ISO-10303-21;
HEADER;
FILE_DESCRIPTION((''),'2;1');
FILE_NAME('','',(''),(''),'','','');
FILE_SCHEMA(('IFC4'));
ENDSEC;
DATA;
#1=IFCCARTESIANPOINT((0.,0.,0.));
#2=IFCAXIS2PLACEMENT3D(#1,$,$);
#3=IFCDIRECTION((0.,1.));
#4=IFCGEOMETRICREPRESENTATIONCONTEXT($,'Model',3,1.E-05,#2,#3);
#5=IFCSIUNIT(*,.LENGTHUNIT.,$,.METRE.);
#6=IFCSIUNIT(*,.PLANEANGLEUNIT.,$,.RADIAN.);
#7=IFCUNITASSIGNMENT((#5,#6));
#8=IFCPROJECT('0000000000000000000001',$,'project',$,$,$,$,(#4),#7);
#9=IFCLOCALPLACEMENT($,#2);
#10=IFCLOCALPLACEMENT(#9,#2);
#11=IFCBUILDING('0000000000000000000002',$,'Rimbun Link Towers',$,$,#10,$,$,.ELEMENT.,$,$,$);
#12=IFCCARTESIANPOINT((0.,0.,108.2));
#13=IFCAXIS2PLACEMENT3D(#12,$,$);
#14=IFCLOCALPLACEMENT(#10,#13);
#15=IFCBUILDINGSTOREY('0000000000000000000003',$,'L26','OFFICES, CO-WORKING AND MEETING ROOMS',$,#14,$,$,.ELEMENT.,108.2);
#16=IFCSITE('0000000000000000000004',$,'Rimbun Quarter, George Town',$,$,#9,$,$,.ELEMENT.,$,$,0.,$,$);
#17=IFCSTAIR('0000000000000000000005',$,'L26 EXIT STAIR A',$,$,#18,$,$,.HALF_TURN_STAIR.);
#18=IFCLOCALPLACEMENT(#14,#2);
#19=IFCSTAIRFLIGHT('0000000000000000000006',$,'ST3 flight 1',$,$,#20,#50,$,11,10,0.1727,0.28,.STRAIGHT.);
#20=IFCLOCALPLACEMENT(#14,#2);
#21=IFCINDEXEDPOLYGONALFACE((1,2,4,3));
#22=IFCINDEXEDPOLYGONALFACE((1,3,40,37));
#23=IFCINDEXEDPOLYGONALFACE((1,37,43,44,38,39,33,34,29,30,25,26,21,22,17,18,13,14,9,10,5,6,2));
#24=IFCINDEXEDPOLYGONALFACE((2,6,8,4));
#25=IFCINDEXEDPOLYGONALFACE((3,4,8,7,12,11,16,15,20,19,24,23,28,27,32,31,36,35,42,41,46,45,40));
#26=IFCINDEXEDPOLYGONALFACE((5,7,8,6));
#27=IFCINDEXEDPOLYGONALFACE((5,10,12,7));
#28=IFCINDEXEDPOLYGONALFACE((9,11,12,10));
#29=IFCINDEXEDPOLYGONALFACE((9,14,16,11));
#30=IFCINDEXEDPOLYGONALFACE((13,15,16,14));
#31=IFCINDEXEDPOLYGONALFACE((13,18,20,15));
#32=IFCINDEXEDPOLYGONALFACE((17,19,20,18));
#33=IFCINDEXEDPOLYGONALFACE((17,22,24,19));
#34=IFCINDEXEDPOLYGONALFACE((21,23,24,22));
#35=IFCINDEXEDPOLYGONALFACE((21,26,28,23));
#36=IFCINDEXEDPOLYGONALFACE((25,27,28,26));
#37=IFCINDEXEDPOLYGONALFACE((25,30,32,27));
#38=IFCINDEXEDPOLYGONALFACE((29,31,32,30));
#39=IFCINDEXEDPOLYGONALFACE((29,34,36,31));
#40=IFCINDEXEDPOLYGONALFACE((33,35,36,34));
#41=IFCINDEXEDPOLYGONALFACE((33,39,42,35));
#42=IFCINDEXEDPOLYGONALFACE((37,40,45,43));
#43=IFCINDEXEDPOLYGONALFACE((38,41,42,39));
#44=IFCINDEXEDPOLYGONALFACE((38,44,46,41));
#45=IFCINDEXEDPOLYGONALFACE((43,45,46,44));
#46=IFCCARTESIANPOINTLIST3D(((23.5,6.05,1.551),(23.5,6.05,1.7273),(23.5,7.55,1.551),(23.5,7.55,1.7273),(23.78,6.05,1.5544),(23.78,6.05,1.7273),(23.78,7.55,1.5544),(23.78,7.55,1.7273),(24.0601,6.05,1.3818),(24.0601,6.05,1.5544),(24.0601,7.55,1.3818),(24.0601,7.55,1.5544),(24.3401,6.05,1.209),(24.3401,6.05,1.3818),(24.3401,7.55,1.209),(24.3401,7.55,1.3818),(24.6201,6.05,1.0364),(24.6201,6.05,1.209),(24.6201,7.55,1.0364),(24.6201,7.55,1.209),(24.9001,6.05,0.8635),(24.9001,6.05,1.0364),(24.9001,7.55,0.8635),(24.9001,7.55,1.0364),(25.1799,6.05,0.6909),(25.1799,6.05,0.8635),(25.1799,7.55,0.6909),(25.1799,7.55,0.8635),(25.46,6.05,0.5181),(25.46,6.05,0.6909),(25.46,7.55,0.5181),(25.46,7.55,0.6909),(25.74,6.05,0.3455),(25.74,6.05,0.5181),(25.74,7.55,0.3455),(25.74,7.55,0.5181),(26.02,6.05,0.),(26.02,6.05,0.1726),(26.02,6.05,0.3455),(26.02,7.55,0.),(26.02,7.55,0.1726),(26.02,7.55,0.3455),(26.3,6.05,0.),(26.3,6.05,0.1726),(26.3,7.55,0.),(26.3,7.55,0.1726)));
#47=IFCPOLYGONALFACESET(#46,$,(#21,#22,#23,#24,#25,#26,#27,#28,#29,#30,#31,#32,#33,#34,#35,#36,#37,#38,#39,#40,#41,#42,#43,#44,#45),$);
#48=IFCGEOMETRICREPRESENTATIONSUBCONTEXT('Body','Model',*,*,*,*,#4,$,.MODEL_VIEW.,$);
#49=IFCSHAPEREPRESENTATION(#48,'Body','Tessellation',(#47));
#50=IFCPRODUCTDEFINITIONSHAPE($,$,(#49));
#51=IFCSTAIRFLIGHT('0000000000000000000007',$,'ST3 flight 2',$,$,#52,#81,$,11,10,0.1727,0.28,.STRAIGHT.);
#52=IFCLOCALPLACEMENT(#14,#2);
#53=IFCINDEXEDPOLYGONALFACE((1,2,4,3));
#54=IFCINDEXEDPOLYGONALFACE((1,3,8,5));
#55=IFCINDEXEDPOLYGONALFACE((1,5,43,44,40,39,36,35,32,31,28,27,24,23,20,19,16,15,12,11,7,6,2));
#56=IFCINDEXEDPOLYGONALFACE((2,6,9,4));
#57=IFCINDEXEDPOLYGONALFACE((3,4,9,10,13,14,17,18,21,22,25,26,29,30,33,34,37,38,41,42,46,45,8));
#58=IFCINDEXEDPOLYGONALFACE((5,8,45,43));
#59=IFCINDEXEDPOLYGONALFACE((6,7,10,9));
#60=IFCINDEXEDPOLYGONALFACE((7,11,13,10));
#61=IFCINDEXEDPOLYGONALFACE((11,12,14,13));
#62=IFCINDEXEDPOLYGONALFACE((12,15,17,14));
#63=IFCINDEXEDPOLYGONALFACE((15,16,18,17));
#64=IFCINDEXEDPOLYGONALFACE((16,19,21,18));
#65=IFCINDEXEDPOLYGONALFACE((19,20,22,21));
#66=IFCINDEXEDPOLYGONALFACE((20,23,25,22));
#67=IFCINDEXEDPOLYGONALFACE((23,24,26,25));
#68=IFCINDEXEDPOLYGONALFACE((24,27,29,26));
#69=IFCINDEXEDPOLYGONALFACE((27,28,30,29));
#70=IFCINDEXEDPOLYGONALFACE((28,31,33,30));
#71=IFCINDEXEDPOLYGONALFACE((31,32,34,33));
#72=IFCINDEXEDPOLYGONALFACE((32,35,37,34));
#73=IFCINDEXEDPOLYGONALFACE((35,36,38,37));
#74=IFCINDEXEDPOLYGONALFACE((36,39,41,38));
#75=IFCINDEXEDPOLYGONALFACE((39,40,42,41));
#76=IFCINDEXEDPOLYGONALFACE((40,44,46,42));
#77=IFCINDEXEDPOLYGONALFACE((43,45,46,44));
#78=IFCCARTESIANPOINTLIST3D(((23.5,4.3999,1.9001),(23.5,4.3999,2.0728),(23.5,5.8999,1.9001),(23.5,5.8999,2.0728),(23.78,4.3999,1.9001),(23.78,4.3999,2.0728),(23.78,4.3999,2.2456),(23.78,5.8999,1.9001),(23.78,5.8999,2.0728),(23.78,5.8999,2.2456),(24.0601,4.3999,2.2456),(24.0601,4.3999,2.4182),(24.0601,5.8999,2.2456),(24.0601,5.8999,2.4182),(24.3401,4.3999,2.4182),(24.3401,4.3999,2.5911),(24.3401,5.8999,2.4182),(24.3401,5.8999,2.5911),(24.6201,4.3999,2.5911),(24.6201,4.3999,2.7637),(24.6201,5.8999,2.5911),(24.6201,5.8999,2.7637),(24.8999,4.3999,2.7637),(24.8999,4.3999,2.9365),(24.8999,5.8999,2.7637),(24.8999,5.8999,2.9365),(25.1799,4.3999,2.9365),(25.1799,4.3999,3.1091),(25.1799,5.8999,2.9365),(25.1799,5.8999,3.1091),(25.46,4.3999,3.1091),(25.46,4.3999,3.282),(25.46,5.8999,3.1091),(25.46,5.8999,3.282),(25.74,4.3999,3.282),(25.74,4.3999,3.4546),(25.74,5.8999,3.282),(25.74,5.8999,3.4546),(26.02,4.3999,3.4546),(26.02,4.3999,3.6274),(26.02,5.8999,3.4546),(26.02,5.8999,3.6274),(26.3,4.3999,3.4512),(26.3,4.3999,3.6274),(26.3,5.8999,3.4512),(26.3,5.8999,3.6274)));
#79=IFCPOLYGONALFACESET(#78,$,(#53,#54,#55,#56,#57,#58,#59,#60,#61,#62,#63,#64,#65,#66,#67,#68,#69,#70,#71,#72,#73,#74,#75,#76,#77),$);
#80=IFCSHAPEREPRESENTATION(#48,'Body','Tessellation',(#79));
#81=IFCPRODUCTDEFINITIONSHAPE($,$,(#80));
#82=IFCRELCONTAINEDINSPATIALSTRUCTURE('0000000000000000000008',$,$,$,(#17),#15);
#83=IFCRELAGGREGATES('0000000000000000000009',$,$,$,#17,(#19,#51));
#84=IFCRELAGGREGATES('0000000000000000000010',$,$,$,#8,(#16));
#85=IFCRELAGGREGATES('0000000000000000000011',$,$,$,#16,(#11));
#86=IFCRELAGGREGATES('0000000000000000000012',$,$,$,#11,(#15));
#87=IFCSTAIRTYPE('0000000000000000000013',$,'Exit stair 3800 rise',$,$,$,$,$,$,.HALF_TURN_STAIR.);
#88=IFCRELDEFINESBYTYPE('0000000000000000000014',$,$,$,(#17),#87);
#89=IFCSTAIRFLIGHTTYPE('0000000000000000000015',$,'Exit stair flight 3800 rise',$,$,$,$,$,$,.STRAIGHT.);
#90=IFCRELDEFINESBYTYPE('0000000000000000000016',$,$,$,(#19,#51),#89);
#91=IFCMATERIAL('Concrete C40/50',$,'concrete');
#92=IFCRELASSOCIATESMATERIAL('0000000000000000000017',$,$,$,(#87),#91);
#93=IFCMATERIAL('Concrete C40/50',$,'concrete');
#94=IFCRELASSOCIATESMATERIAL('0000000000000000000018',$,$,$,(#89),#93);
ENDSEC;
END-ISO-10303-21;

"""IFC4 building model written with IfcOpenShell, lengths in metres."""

from ifc_helpers import new_model, si_unit, direction, frame, origin, place, context, subcontext, project, spatial, polyline, outline, extrude, material, type_object, element, aggregate, save


model = new_model("IFC4")

# Units and contexts
model_context = context("Model", 3, precision=1e-05, world=origin(), true_north=direction((0.0, 1.0)))
body_context = subcontext(model_context, "Body", "Model", "MODEL_VIEW")
ifc_project = project(units=[si_unit("LENGTHUNIT", "METRE"), si_unit("PLANEANGLEUNIT", "RADIAN")], contexts=[model_context])

# Site, building, storey
site_placement = place(None, origin())
site = spatial("IfcSite", under=ifc_project, at=site_placement, Name="Rimbun Quarter, George Town", CompositionType="ELEMENT", RefElevation=0.0)
building_placement = place(site_placement, origin())
building = spatial("IfcBuilding", under=site, at=building_placement, Name="Rimbun Link Towers", CompositionType="ELEMENT")
storey_placement = place(building_placement, frame((0.0, 0.0, 108.2)))
storey = spatial("IfcBuildingStorey", under=building, at=storey_placement, Name="L26", Description="OFFICES, CO-WORKING AND MEETING ROOMS", CompositionType="ELEMENT", Elevation=108.2)

# Stair, stair flights
ifc_material_1 = material(Name="Concrete C40/50", Category="concrete")
stair_type = type_object("IfcStairType", Name="Exit stair 3800 rise", PredefinedType="HALF_TURN_STAIR", material=ifc_material_1)
stair_placement = place(storey_placement, origin())
stair = element("IfcStair", 1, at=stair_placement, inside=storey, type_object=stair_type, Name="L26 EXIT STAIR A", PredefinedType="HALF_TURN_STAIR")
ifc_material_2 = material(Name="Concrete C40/50", Category="concrete")
stair_flight_type = type_object("IfcStairFlightType", Name="Exit stair flight 3800 rise", PredefinedType="STRAIGHT", material=ifc_material_2)
stair_flight_1_placement = place(storey_placement, frame((26.3, 6.8, 0.0), z_axis=(0.0, 0.0, 1.0), x_axis=(-1.0, 0.0, 0.0)))
stair_flight_1 = element("IfcStairFlight", 2, at=stair_flight_1_placement, type_object=stair_flight_type, Name="ST3 flight 1", NumberOfRisers=11, NumberOfTreads=10, PredefinedType="STRAIGHT", RiserHeight=0.1727, TreadLength=0.28, context=body_context, shape_type="SweptSolid", body=[
    extrude(outline(polyline([(0.0, 0.0), (0.0, 0.1726), (0.28, 0.1726), (0.28, 0.3455), (0.5601, 0.3455), (0.5601, 0.5181), (0.8401, 0.5181), (0.8401, 0.6909), (1.1201, 0.6909), (1.1201, 0.8635), (1.3999, 0.8635), (1.3999, 1.0364), (1.6799, 1.0364), (1.6799, 1.209), (1.96, 1.209), (1.96, 1.3818), (2.24, 1.3818), (2.24, 1.5544), (2.52, 1.5544), (2.52, 1.7273), (2.8, 1.7273), (2.8, 1.8999), (2.8, 1.551), (0.28, 0.0), (0.0, 0.0)])), frame((0.0, 0.75, 0.0), z_axis=(0.0, -1.0, 0.0), x_axis=(1.0, 0.0, 0.0)), (0.0, 0.0, 1.0), 1.5),
])
stair_flight_2_placement = place(storey_placement, frame((23.5, 5.1499, 1.9001), z_axis=(0.0, 0.0, 1.0), x_axis=(1.0, 0.0, 0.0)))
stair_flight_2 = element("IfcStairFlight", 3, at=stair_flight_2_placement, type_object=stair_flight_type, Name="ST3 flight 2", NumberOfRisers=11, NumberOfTreads=10, PredefinedType="STRAIGHT", RiserHeight=0.1727, TreadLength=0.28, context=body_context, shape_type="SweptSolid", body=[
    extrude(outline(polyline([(0.0, 0.0), (0.0, 0.1726), (0.28, 0.1726), (0.28, 0.3455), (0.5601, 0.3455), (0.5601, 0.5181), (0.8401, 0.5181), (0.8401, 0.6909), (1.1201, 0.6909), (1.1201, 0.8635), (1.3999, 0.8635), (1.3999, 1.0364), (1.6799, 1.0364), (1.6799, 1.209), (1.96, 1.209), (1.96, 1.3818), (2.24, 1.3818), (2.24, 1.5544), (2.52, 1.5544), (2.52, 1.7273), (2.8, 1.7273), (2.8, 1.8999), (2.8, 1.551), (0.28, 0.0), (0.0, 0.0)])), frame((0.0, 0.75, 0.0), z_axis=(0.0, -1.0, 0.0), x_axis=(1.0, 0.0, 0.0)), (0.0, 0.0, 1.0), 1.5),
])
aggregate(stair, [stair_flight_1, stair_flight_2])

save(model, "model.ifc")
